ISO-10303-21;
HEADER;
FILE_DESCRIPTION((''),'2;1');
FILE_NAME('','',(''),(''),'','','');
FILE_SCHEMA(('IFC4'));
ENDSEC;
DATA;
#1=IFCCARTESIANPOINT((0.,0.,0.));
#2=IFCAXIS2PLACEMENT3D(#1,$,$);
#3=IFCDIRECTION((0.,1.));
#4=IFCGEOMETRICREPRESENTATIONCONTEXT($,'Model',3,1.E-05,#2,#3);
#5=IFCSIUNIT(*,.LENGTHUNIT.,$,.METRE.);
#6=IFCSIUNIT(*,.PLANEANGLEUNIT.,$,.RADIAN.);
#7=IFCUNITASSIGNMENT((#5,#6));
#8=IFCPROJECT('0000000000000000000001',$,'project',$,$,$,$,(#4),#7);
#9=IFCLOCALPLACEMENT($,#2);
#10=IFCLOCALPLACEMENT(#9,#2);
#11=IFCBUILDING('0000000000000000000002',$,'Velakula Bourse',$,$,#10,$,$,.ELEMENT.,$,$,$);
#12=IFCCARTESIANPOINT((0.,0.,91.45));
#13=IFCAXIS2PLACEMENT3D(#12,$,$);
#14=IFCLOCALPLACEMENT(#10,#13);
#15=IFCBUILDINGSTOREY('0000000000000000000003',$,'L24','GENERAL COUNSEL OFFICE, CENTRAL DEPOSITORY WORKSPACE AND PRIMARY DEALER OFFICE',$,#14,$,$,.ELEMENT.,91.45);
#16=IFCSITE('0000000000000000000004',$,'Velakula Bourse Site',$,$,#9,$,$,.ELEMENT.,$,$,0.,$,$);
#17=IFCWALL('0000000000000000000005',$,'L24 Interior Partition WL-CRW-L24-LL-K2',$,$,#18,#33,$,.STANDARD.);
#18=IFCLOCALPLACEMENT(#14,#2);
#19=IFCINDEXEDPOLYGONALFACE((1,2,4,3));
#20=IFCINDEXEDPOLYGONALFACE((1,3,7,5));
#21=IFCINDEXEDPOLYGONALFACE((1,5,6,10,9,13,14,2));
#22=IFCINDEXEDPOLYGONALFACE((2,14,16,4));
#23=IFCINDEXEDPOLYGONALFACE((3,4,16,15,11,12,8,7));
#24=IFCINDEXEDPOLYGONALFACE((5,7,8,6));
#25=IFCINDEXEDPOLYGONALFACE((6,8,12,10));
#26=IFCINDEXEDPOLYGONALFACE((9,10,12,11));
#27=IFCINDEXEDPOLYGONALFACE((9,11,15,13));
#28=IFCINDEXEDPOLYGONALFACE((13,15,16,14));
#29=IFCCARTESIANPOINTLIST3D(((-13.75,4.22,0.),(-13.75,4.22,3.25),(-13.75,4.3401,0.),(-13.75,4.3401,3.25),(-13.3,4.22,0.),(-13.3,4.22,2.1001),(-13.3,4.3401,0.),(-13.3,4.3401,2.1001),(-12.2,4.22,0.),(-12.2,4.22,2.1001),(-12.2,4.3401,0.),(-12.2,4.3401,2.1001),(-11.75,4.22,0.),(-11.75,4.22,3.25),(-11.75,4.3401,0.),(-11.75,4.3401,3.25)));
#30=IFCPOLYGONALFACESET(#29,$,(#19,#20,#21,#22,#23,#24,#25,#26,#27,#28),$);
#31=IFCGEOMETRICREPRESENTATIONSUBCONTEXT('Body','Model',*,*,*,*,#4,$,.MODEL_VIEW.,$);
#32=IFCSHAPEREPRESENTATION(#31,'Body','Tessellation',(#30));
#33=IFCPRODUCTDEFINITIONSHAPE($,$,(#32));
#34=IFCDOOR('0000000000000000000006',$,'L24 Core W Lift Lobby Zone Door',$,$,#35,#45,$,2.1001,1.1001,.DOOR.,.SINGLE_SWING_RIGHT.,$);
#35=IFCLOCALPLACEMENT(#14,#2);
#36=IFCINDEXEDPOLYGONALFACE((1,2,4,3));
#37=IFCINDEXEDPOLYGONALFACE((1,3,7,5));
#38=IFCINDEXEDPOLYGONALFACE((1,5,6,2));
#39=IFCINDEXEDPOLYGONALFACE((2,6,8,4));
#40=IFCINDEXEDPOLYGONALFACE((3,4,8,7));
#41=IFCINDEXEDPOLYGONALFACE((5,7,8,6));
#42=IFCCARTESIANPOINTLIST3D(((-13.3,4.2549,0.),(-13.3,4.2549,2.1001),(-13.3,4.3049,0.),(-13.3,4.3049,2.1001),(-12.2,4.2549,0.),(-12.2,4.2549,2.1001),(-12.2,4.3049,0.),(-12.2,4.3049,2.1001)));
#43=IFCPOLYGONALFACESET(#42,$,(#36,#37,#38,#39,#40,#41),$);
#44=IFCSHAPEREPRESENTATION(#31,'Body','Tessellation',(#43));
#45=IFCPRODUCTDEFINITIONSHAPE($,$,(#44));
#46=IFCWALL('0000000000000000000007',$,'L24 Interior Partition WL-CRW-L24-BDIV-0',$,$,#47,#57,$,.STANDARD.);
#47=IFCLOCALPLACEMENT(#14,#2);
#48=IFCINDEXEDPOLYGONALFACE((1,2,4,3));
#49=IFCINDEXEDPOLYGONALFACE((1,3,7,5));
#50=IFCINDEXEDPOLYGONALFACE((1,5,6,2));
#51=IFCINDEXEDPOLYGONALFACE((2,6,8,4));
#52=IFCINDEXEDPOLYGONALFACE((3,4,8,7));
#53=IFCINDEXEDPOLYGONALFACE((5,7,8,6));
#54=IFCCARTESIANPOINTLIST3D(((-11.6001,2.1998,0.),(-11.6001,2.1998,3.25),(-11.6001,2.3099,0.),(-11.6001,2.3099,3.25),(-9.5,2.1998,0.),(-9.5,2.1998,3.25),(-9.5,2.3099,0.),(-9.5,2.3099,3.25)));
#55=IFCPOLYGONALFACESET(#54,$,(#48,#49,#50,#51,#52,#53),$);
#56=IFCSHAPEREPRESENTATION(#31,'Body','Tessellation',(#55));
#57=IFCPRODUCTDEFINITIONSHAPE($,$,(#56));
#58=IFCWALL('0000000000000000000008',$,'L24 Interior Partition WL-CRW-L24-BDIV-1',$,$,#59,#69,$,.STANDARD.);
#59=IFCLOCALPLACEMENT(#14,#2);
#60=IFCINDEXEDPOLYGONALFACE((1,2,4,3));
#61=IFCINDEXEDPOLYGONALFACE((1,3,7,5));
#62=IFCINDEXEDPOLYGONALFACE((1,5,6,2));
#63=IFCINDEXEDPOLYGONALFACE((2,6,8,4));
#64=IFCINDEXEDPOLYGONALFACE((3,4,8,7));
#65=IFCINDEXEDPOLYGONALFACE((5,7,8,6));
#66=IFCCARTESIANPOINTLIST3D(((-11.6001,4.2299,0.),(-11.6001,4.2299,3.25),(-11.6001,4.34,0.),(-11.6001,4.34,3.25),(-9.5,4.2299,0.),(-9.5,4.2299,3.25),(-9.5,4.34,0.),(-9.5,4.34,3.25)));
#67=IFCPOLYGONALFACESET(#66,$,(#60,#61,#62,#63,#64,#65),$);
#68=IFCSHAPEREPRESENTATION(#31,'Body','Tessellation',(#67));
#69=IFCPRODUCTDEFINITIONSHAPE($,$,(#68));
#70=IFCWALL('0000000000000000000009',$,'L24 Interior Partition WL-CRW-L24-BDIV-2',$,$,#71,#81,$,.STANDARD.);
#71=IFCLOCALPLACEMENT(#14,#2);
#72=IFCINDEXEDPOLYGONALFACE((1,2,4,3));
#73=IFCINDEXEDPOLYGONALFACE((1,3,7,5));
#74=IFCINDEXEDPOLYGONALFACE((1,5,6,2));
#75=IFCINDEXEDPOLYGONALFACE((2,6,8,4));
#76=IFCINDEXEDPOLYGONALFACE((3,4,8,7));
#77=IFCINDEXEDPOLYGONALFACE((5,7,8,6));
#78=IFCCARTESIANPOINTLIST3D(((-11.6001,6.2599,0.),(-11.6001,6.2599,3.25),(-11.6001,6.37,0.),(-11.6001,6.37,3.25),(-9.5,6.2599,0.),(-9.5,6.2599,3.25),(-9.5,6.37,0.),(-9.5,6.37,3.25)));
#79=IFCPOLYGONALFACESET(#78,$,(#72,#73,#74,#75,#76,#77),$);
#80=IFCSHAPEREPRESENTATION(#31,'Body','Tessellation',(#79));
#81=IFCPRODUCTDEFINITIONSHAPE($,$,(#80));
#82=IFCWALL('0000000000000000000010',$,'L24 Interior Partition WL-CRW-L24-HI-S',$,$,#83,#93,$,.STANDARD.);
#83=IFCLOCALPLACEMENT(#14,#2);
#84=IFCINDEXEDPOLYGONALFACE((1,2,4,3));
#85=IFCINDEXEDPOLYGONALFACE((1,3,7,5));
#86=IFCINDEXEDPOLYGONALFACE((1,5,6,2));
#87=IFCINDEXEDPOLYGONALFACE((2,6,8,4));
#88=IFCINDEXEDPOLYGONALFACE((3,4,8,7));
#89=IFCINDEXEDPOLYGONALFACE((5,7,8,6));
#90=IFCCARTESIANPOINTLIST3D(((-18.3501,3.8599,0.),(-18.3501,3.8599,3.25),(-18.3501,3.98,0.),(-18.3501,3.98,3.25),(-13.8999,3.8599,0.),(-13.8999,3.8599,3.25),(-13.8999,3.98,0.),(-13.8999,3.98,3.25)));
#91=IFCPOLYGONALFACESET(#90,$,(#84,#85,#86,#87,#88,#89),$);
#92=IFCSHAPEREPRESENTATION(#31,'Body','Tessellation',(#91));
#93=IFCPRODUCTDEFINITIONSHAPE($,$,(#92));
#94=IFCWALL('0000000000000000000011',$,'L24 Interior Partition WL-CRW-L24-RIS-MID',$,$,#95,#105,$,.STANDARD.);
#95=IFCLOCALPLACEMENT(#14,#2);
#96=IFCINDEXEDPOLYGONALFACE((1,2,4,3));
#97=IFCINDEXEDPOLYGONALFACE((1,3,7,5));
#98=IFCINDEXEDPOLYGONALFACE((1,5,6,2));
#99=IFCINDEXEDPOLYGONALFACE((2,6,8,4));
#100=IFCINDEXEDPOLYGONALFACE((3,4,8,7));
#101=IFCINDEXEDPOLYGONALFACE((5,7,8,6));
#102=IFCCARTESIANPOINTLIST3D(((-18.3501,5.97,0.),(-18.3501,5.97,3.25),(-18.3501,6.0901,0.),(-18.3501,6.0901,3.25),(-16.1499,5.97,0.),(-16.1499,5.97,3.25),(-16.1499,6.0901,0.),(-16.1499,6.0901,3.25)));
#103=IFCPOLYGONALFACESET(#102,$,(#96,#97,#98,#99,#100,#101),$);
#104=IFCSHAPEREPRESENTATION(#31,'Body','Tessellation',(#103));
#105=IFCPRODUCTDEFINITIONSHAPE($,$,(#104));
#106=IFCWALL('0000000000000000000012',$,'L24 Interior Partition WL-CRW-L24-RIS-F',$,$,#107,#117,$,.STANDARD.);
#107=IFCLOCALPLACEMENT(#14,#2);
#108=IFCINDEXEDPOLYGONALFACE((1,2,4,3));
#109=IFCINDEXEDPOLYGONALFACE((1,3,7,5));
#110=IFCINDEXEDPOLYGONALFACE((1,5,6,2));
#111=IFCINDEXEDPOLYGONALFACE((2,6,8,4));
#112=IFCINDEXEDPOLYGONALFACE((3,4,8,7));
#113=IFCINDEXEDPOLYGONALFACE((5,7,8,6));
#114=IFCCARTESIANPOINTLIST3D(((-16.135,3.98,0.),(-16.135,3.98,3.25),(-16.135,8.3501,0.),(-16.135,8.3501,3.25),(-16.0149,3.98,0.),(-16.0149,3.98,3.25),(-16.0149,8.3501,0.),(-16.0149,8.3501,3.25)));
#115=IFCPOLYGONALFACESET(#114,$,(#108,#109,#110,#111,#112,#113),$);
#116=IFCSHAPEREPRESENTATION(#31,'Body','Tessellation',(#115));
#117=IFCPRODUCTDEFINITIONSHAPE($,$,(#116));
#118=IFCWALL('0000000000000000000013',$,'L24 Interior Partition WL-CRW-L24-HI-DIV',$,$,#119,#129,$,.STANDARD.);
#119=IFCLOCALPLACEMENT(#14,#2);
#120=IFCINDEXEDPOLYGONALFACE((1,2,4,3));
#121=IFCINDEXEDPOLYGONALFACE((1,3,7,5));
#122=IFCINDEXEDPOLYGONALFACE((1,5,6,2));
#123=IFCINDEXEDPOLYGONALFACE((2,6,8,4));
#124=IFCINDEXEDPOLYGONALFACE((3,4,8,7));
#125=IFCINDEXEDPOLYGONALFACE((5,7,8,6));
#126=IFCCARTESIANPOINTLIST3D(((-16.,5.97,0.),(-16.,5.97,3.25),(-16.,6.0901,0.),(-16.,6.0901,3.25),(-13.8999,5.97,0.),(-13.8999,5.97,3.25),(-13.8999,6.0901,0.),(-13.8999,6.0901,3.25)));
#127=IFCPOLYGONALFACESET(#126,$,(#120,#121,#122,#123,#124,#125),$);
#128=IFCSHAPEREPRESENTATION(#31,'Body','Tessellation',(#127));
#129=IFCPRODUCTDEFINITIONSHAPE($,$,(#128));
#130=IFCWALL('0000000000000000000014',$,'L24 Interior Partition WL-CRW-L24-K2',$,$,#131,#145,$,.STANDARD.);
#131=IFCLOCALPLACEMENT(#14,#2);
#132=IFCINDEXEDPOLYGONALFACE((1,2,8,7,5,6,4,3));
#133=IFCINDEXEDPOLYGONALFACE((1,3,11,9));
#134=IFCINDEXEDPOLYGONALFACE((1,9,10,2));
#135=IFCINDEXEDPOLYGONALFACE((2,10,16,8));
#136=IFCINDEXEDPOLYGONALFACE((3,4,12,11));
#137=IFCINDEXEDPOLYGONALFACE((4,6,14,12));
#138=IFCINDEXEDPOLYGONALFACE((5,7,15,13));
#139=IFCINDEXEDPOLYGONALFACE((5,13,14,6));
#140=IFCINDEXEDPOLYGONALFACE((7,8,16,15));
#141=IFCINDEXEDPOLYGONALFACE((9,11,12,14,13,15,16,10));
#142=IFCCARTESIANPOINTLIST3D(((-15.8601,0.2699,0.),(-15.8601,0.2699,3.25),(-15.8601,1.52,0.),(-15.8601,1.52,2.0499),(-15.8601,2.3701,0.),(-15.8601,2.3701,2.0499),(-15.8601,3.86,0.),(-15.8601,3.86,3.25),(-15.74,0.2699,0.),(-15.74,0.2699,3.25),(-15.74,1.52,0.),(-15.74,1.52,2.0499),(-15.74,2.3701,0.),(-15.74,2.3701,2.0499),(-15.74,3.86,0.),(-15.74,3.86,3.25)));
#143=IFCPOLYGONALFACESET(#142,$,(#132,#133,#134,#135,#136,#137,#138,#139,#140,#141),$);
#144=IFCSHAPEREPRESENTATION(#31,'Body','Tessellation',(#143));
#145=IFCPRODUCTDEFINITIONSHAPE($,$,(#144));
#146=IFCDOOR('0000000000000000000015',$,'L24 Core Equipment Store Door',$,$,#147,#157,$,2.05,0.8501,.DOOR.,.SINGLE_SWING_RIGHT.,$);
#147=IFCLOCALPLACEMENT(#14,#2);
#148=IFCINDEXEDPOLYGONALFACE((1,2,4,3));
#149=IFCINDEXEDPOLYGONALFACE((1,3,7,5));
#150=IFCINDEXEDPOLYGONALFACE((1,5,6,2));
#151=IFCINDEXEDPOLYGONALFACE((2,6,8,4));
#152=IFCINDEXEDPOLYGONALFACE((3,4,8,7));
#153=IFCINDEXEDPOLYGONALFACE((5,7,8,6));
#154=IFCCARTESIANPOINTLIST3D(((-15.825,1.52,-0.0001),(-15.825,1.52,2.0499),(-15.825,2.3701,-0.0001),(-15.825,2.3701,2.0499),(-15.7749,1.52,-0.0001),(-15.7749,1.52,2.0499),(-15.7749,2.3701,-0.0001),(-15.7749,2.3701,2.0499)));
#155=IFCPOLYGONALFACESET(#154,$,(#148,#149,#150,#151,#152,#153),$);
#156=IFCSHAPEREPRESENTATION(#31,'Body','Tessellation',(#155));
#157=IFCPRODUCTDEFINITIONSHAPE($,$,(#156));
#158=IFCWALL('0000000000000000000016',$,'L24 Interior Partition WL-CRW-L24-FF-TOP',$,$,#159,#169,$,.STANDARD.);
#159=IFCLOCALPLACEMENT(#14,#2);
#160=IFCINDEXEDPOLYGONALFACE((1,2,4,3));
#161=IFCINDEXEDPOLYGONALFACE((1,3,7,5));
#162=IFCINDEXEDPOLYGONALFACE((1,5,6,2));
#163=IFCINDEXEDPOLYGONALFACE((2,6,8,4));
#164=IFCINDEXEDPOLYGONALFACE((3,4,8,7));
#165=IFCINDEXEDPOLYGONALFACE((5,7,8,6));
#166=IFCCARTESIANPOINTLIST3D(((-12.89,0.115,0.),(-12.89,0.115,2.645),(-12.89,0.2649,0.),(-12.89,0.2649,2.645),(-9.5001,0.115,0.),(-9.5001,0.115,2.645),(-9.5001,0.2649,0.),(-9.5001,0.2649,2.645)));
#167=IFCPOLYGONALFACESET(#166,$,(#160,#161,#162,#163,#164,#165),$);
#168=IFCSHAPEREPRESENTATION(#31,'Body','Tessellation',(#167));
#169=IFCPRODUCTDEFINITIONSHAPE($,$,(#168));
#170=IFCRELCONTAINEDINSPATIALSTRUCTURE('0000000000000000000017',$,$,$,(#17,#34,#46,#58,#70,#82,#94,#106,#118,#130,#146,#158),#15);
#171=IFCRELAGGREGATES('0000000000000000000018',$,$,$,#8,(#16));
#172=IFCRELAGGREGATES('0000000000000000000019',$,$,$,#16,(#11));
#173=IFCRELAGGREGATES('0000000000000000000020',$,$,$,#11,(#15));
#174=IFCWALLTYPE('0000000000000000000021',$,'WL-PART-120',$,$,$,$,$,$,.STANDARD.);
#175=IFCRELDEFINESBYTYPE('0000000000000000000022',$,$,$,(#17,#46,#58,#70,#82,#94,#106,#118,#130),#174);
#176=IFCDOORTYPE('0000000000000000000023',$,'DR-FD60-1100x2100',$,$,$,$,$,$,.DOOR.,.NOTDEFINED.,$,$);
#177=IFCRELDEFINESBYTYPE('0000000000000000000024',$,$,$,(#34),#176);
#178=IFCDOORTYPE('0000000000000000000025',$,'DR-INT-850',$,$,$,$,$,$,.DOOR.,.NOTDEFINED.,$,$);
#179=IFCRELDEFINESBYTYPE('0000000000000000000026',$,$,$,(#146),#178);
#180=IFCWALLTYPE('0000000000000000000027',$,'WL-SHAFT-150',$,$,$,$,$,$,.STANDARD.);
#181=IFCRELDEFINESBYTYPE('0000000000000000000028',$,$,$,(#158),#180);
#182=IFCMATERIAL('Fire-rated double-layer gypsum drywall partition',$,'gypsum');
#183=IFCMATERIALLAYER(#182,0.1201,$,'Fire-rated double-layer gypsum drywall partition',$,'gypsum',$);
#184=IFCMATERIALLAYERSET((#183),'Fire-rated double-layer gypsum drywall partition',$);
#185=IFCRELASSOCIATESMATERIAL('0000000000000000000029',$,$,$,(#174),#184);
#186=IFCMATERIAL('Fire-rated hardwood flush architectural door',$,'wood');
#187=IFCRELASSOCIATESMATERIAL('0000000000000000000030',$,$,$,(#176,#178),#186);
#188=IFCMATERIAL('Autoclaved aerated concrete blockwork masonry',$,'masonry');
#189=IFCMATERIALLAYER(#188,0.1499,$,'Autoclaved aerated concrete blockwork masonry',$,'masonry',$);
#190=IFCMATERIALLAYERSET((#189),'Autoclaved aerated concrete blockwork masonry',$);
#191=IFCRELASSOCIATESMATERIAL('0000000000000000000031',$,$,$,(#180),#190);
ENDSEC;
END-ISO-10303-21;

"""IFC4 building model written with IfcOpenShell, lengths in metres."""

from ifc_helpers import new_model, si_unit, direction, frame, frame_2d, origin, place, context, subcontext, project, spatial, rectangle, extrude, material, layer, layer_set, type_object, element, fill, save


model = new_model("IFC4")

# Units and contexts
model_context = context("Model", 3, precision=1e-05, world=origin(), true_north=direction((0.0, 1.0)))
body_context = subcontext(model_context, "Body", "Model", "MODEL_VIEW")
ifc_project = project(units=[si_unit("LENGTHUNIT", "METRE"), si_unit("PLANEANGLEUNIT", "RADIAN")], contexts=[model_context])

# Site, building, storey
site_placement = place(None, origin())
site = spatial("IfcSite", under=ifc_project, at=site_placement, Name="Velakula Bourse Site", CompositionType="ELEMENT", RefElevation=0.0)
building_placement = place(site_placement, origin())
building = spatial("IfcBuilding", under=site, at=building_placement, Name="Velakula Bourse", CompositionType="ELEMENT")
storey_placement = place(building_placement, frame((0.0, 0.0, 91.45)))
storey = spatial("IfcBuildingStorey", under=building, at=storey_placement, Name="L24", Description="GENERAL COUNSEL OFFICE, CENTRAL DEPOSITORY WORKSPACE AND PRIMARY DEALER OFFICE", CompositionType="ELEMENT", Elevation=91.45)

# Wall, opening, door
ifc_material_1 = material(Name="Fire-rated double-layer gypsum drywall partition", Category="gypsum")
ifc_layer_1 = layer(ifc_material_1, 0.1201, Name="Fire-rated double-layer gypsum drywall partition", Category="gypsum")
ifc_layer_set_1 = layer_set([ifc_layer_1], Name="Fire-rated double-layer gypsum drywall partition")
wall_type_1 = type_object("IfcWallType", Name="WL-PART-120", PredefinedType="STANDARD", material=ifc_layer_set_1)
wall_1_placement = place(storey_placement, frame((-13.75, 4.28, 0.0), z_axis=(0.0, 0.0, 1.0), x_axis=(1.0, 0.0, 0.0)))
wall_1 = element("IfcWall", 1, at=wall_1_placement, inside=storey, type_object=wall_type_1, Name="L24 Interior Partition WL-CRW-L24-LL-K2", PredefinedType="STANDARD", context=body_context, shape_type="SweptSolid", body=[
    extrude(rectangle(XDim=2.0, YDim=0.1201, at=frame_2d((1.0, 0.0))), origin(), (0.0, 0.0, 1.0), 3.25),
])
opening_1_placement = place(wall_1_placement, frame((0.45, 0.0, 0.0)))
opening_1 = element("IfcOpeningElement", 2, at=opening_1_placement, cuts=wall_1, PredefinedType="OPENING", context=body_context, shape_type="SweptSolid", body=[
    extrude(rectangle(XDim=1.1001, YDim=2.1001, at=frame_2d((0.55, 1.05))), frame((0.0, 0.0701, 0.0), z_axis=(0.0, -1.0, 0.0), x_axis=(1.0, 0.0, 0.0)), (0.0, 0.0, 1.0), 0.1401),
])
ifc_material_2 = material(Name="Fire-rated hardwood flush architectural door", Category="wood")
door_type_1 = type_object("IfcDoorType", Name="DR-FD60-1100x2100", OperationType="NOTDEFINED", PredefinedType="DOOR", material=ifc_material_2)
door_1_placement = place(opening_1_placement, origin())
door_1 = element("IfcDoor", 3, at=door_1_placement, inside=storey, type_object=door_type_1, Name="L24 Core W Lift Lobby Zone Door", OperationType="SINGLE_SWING_RIGHT", OverallHeight=2.1001, OverallWidth=1.1001, PredefinedType="DOOR", context=body_context, shape_type="SweptSolid", body=[
    extrude(rectangle(XDim=1.1001, YDim=2.1001, at=frame_2d((0.55, 1.05))), frame((0.0, 0.0249, 0.0), z_axis=(0.0, -1.0, 0.0), x_axis=(1.0, 0.0, 0.0)), (0.0, 0.0, 1.0), 0.05),
])
fill(opening_1, door_1)

# Walls
for number, where, z_axis, x_axis, name in (
    (4, (-11.6001, 2.2549, 0.0), (0.0, 0.0, 1.0), (1.0, 0.0, 0.0), "L24 Interior Partition WL-CRW-L24-BDIV-0"),
    (5, (-11.6001, 4.2849, 0.0), (0.0, 0.0, 1.0), (1.0, 0.0, 0.0), "L24 Interior Partition WL-CRW-L24-BDIV-1"),
    (6, (-11.6001, 6.3149, 0.0), (0.0, 0.0, 1.0), (1.0, 0.0, 0.0), "L24 Interior Partition WL-CRW-L24-BDIV-2"),
):
    element("IfcWall", number, at=place(storey_placement, frame(where, z_axis=z_axis, x_axis=x_axis)), inside=storey, type_object=wall_type_1, Name=name, PredefinedType="STANDARD", context=body_context, shape_type="SweptSolid", body=[
        extrude(rectangle(XDim=2.1001, YDim=0.1101, at=frame_2d((1.05, 0.0))), origin(), (0.0, 0.0, 1.0), 3.25),
    ])
wall_2_placement = place(storey_placement, frame((-18.3501, 3.9199, 0.0), z_axis=(0.0, 0.0, 1.0), x_axis=(1.0, 0.0, 0.0)))
element("IfcWall", 7, at=wall_2_placement, inside=storey, type_object=wall_type_1, Name="L24 Interior Partition WL-CRW-L24-HI-S", PredefinedType="STANDARD", context=body_context, shape_type="SweptSolid", body=[
    extrude(rectangle(XDim=4.4502, YDim=0.1201, at=frame_2d((2.2251, 0.0))), origin(), (0.0, 0.0, 1.0), 3.25),
])
wall_3_placement = place(storey_placement, frame((-18.3501, 6.03, 0.0), z_axis=(0.0, 0.0, 1.0), x_axis=(1.0, 0.0, 0.0)))
element("IfcWall", 8, at=wall_3_placement, inside=storey, type_object=wall_type_1, Name="L24 Interior Partition WL-CRW-L24-RIS-MID", PredefinedType="STANDARD", context=body_context, shape_type="SweptSolid", body=[
    extrude(rectangle(XDim=2.2002, YDim=0.1201, at=frame_2d((1.1001, 0.0))), origin(), (0.0, 0.0, 1.0), 3.25),
])
wall_4_placement = place(storey_placement, frame((-16.075, 3.98, 0.0), z_axis=(0.0, 0.0, 1.0), x_axis=(0.0, 1.0, 0.0)))
element("IfcWall", 9, at=wall_4_placement, inside=storey, type_object=wall_type_1, Name="L24 Interior Partition WL-CRW-L24-RIS-F", PredefinedType="STANDARD", context=body_context, shape_type="SweptSolid", body=[
    extrude(rectangle(XDim=4.3701, YDim=0.1201, at=frame_2d((2.1851, 0.0))), origin(), (0.0, 0.0, 1.0), 3.25),
])
wall_5_placement = place(storey_placement, frame((-16.0, 6.03, 0.0), z_axis=(0.0, 0.0, 1.0), x_axis=(1.0, 0.0, 0.0)))
element("IfcWall", 10, at=wall_5_placement, inside=storey, type_object=wall_type_1, Name="L24 Interior Partition WL-CRW-L24-HI-DIV", PredefinedType="STANDARD", context=body_context, shape_type="SweptSolid", body=[
    extrude(rectangle(XDim=2.1001, YDim=0.1201, at=frame_2d((1.05, 0.0))), origin(), (0.0, 0.0, 1.0), 3.25),
])

# Wall, opening, door
wall_6_placement = place(storey_placement, frame((-15.8, 0.27, 0.0), z_axis=(0.0, 0.0, 1.0), x_axis=(0.0, 1.0, 0.0)))
wall_6 = element("IfcWall", 11, at=wall_6_placement, inside=storey, type_object=wall_type_1, Name="L24 Interior Partition WL-CRW-L24-K2", PredefinedType="STANDARD", context=body_context, shape_type="SweptSolid", body=[
    extrude(rectangle(XDim=3.5901, YDim=0.1201, at=frame_2d((1.7949, 0.0))), origin(), (0.0, 0.0, 1.0), 3.25),
])
opening_2_placement = place(wall_6_placement, frame((1.25, 0.0, 0.0)))
opening_2 = element("IfcOpeningElement", 12, at=opening_2_placement, cuts=wall_6, PredefinedType="OPENING", context=body_context, shape_type="SweptSolid", body=[
    extrude(rectangle(XDim=0.8501, YDim=2.05, at=frame_2d((0.425, 1.0249))), frame((0.0, 0.0701, 0.0), z_axis=(0.0, -1.0, 0.0), x_axis=(1.0, 0.0, 0.0)), (0.0, 0.0, 1.0), 0.1401),
])
door_type_2 = type_object("IfcDoorType", Name="DR-INT-850", OperationType="NOTDEFINED", PredefinedType="DOOR", material=ifc_material_2)
door_2_placement = place(opening_2_placement, origin())
door_2 = element("IfcDoor", 13, at=door_2_placement, inside=storey, type_object=door_type_2, Name="L24 Core Equipment Store Door", OperationType="SINGLE_SWING_RIGHT", OverallHeight=2.05, OverallWidth=0.8501, PredefinedType="DOOR", context=body_context, shape_type="SweptSolid", body=[
    extrude(rectangle(XDim=0.8501, YDim=2.05, at=frame_2d((0.425, 1.0249))), frame((0.0, 0.0249, 0.0), z_axis=(0.0, -1.0, 0.0), x_axis=(1.0, 0.0, 0.0)), (0.0, 0.0, 1.0), 0.05),
])
fill(opening_2, door_2)

# Wall
ifc_material_3 = material(Name="Autoclaved aerated concrete blockwork masonry", Category="masonry")
ifc_layer_2 = layer(ifc_material_3, 0.1499, Name="Autoclaved aerated concrete blockwork masonry", Category="masonry")
ifc_layer_set_2 = layer_set([ifc_layer_2], Name="Autoclaved aerated concrete blockwork masonry")
wall_type_2 = type_object("IfcWallType", Name="WL-SHAFT-150", PredefinedType="STANDARD", material=ifc_layer_set_2)
wall_7_placement = place(storey_placement, frame((-12.8899, 0.1899, 0.0), z_axis=(0.0, 0.0, 1.0), x_axis=(1.0, 0.0, 0.0)))
element("IfcWall", 14, at=wall_7_placement, inside=storey, type_object=wall_type_2, Name="L24 Interior Partition WL-CRW-L24-FF-TOP", PredefinedType="STANDARD", context=body_context, shape_type="SweptSolid", body=[
    extrude(rectangle(XDim=3.3899, YDim=0.1499, at=frame_2d((1.6948, 0.0))), origin(), (0.0, 0.0, 1.0), 2.645),
])

save(model, "model.ifc")
